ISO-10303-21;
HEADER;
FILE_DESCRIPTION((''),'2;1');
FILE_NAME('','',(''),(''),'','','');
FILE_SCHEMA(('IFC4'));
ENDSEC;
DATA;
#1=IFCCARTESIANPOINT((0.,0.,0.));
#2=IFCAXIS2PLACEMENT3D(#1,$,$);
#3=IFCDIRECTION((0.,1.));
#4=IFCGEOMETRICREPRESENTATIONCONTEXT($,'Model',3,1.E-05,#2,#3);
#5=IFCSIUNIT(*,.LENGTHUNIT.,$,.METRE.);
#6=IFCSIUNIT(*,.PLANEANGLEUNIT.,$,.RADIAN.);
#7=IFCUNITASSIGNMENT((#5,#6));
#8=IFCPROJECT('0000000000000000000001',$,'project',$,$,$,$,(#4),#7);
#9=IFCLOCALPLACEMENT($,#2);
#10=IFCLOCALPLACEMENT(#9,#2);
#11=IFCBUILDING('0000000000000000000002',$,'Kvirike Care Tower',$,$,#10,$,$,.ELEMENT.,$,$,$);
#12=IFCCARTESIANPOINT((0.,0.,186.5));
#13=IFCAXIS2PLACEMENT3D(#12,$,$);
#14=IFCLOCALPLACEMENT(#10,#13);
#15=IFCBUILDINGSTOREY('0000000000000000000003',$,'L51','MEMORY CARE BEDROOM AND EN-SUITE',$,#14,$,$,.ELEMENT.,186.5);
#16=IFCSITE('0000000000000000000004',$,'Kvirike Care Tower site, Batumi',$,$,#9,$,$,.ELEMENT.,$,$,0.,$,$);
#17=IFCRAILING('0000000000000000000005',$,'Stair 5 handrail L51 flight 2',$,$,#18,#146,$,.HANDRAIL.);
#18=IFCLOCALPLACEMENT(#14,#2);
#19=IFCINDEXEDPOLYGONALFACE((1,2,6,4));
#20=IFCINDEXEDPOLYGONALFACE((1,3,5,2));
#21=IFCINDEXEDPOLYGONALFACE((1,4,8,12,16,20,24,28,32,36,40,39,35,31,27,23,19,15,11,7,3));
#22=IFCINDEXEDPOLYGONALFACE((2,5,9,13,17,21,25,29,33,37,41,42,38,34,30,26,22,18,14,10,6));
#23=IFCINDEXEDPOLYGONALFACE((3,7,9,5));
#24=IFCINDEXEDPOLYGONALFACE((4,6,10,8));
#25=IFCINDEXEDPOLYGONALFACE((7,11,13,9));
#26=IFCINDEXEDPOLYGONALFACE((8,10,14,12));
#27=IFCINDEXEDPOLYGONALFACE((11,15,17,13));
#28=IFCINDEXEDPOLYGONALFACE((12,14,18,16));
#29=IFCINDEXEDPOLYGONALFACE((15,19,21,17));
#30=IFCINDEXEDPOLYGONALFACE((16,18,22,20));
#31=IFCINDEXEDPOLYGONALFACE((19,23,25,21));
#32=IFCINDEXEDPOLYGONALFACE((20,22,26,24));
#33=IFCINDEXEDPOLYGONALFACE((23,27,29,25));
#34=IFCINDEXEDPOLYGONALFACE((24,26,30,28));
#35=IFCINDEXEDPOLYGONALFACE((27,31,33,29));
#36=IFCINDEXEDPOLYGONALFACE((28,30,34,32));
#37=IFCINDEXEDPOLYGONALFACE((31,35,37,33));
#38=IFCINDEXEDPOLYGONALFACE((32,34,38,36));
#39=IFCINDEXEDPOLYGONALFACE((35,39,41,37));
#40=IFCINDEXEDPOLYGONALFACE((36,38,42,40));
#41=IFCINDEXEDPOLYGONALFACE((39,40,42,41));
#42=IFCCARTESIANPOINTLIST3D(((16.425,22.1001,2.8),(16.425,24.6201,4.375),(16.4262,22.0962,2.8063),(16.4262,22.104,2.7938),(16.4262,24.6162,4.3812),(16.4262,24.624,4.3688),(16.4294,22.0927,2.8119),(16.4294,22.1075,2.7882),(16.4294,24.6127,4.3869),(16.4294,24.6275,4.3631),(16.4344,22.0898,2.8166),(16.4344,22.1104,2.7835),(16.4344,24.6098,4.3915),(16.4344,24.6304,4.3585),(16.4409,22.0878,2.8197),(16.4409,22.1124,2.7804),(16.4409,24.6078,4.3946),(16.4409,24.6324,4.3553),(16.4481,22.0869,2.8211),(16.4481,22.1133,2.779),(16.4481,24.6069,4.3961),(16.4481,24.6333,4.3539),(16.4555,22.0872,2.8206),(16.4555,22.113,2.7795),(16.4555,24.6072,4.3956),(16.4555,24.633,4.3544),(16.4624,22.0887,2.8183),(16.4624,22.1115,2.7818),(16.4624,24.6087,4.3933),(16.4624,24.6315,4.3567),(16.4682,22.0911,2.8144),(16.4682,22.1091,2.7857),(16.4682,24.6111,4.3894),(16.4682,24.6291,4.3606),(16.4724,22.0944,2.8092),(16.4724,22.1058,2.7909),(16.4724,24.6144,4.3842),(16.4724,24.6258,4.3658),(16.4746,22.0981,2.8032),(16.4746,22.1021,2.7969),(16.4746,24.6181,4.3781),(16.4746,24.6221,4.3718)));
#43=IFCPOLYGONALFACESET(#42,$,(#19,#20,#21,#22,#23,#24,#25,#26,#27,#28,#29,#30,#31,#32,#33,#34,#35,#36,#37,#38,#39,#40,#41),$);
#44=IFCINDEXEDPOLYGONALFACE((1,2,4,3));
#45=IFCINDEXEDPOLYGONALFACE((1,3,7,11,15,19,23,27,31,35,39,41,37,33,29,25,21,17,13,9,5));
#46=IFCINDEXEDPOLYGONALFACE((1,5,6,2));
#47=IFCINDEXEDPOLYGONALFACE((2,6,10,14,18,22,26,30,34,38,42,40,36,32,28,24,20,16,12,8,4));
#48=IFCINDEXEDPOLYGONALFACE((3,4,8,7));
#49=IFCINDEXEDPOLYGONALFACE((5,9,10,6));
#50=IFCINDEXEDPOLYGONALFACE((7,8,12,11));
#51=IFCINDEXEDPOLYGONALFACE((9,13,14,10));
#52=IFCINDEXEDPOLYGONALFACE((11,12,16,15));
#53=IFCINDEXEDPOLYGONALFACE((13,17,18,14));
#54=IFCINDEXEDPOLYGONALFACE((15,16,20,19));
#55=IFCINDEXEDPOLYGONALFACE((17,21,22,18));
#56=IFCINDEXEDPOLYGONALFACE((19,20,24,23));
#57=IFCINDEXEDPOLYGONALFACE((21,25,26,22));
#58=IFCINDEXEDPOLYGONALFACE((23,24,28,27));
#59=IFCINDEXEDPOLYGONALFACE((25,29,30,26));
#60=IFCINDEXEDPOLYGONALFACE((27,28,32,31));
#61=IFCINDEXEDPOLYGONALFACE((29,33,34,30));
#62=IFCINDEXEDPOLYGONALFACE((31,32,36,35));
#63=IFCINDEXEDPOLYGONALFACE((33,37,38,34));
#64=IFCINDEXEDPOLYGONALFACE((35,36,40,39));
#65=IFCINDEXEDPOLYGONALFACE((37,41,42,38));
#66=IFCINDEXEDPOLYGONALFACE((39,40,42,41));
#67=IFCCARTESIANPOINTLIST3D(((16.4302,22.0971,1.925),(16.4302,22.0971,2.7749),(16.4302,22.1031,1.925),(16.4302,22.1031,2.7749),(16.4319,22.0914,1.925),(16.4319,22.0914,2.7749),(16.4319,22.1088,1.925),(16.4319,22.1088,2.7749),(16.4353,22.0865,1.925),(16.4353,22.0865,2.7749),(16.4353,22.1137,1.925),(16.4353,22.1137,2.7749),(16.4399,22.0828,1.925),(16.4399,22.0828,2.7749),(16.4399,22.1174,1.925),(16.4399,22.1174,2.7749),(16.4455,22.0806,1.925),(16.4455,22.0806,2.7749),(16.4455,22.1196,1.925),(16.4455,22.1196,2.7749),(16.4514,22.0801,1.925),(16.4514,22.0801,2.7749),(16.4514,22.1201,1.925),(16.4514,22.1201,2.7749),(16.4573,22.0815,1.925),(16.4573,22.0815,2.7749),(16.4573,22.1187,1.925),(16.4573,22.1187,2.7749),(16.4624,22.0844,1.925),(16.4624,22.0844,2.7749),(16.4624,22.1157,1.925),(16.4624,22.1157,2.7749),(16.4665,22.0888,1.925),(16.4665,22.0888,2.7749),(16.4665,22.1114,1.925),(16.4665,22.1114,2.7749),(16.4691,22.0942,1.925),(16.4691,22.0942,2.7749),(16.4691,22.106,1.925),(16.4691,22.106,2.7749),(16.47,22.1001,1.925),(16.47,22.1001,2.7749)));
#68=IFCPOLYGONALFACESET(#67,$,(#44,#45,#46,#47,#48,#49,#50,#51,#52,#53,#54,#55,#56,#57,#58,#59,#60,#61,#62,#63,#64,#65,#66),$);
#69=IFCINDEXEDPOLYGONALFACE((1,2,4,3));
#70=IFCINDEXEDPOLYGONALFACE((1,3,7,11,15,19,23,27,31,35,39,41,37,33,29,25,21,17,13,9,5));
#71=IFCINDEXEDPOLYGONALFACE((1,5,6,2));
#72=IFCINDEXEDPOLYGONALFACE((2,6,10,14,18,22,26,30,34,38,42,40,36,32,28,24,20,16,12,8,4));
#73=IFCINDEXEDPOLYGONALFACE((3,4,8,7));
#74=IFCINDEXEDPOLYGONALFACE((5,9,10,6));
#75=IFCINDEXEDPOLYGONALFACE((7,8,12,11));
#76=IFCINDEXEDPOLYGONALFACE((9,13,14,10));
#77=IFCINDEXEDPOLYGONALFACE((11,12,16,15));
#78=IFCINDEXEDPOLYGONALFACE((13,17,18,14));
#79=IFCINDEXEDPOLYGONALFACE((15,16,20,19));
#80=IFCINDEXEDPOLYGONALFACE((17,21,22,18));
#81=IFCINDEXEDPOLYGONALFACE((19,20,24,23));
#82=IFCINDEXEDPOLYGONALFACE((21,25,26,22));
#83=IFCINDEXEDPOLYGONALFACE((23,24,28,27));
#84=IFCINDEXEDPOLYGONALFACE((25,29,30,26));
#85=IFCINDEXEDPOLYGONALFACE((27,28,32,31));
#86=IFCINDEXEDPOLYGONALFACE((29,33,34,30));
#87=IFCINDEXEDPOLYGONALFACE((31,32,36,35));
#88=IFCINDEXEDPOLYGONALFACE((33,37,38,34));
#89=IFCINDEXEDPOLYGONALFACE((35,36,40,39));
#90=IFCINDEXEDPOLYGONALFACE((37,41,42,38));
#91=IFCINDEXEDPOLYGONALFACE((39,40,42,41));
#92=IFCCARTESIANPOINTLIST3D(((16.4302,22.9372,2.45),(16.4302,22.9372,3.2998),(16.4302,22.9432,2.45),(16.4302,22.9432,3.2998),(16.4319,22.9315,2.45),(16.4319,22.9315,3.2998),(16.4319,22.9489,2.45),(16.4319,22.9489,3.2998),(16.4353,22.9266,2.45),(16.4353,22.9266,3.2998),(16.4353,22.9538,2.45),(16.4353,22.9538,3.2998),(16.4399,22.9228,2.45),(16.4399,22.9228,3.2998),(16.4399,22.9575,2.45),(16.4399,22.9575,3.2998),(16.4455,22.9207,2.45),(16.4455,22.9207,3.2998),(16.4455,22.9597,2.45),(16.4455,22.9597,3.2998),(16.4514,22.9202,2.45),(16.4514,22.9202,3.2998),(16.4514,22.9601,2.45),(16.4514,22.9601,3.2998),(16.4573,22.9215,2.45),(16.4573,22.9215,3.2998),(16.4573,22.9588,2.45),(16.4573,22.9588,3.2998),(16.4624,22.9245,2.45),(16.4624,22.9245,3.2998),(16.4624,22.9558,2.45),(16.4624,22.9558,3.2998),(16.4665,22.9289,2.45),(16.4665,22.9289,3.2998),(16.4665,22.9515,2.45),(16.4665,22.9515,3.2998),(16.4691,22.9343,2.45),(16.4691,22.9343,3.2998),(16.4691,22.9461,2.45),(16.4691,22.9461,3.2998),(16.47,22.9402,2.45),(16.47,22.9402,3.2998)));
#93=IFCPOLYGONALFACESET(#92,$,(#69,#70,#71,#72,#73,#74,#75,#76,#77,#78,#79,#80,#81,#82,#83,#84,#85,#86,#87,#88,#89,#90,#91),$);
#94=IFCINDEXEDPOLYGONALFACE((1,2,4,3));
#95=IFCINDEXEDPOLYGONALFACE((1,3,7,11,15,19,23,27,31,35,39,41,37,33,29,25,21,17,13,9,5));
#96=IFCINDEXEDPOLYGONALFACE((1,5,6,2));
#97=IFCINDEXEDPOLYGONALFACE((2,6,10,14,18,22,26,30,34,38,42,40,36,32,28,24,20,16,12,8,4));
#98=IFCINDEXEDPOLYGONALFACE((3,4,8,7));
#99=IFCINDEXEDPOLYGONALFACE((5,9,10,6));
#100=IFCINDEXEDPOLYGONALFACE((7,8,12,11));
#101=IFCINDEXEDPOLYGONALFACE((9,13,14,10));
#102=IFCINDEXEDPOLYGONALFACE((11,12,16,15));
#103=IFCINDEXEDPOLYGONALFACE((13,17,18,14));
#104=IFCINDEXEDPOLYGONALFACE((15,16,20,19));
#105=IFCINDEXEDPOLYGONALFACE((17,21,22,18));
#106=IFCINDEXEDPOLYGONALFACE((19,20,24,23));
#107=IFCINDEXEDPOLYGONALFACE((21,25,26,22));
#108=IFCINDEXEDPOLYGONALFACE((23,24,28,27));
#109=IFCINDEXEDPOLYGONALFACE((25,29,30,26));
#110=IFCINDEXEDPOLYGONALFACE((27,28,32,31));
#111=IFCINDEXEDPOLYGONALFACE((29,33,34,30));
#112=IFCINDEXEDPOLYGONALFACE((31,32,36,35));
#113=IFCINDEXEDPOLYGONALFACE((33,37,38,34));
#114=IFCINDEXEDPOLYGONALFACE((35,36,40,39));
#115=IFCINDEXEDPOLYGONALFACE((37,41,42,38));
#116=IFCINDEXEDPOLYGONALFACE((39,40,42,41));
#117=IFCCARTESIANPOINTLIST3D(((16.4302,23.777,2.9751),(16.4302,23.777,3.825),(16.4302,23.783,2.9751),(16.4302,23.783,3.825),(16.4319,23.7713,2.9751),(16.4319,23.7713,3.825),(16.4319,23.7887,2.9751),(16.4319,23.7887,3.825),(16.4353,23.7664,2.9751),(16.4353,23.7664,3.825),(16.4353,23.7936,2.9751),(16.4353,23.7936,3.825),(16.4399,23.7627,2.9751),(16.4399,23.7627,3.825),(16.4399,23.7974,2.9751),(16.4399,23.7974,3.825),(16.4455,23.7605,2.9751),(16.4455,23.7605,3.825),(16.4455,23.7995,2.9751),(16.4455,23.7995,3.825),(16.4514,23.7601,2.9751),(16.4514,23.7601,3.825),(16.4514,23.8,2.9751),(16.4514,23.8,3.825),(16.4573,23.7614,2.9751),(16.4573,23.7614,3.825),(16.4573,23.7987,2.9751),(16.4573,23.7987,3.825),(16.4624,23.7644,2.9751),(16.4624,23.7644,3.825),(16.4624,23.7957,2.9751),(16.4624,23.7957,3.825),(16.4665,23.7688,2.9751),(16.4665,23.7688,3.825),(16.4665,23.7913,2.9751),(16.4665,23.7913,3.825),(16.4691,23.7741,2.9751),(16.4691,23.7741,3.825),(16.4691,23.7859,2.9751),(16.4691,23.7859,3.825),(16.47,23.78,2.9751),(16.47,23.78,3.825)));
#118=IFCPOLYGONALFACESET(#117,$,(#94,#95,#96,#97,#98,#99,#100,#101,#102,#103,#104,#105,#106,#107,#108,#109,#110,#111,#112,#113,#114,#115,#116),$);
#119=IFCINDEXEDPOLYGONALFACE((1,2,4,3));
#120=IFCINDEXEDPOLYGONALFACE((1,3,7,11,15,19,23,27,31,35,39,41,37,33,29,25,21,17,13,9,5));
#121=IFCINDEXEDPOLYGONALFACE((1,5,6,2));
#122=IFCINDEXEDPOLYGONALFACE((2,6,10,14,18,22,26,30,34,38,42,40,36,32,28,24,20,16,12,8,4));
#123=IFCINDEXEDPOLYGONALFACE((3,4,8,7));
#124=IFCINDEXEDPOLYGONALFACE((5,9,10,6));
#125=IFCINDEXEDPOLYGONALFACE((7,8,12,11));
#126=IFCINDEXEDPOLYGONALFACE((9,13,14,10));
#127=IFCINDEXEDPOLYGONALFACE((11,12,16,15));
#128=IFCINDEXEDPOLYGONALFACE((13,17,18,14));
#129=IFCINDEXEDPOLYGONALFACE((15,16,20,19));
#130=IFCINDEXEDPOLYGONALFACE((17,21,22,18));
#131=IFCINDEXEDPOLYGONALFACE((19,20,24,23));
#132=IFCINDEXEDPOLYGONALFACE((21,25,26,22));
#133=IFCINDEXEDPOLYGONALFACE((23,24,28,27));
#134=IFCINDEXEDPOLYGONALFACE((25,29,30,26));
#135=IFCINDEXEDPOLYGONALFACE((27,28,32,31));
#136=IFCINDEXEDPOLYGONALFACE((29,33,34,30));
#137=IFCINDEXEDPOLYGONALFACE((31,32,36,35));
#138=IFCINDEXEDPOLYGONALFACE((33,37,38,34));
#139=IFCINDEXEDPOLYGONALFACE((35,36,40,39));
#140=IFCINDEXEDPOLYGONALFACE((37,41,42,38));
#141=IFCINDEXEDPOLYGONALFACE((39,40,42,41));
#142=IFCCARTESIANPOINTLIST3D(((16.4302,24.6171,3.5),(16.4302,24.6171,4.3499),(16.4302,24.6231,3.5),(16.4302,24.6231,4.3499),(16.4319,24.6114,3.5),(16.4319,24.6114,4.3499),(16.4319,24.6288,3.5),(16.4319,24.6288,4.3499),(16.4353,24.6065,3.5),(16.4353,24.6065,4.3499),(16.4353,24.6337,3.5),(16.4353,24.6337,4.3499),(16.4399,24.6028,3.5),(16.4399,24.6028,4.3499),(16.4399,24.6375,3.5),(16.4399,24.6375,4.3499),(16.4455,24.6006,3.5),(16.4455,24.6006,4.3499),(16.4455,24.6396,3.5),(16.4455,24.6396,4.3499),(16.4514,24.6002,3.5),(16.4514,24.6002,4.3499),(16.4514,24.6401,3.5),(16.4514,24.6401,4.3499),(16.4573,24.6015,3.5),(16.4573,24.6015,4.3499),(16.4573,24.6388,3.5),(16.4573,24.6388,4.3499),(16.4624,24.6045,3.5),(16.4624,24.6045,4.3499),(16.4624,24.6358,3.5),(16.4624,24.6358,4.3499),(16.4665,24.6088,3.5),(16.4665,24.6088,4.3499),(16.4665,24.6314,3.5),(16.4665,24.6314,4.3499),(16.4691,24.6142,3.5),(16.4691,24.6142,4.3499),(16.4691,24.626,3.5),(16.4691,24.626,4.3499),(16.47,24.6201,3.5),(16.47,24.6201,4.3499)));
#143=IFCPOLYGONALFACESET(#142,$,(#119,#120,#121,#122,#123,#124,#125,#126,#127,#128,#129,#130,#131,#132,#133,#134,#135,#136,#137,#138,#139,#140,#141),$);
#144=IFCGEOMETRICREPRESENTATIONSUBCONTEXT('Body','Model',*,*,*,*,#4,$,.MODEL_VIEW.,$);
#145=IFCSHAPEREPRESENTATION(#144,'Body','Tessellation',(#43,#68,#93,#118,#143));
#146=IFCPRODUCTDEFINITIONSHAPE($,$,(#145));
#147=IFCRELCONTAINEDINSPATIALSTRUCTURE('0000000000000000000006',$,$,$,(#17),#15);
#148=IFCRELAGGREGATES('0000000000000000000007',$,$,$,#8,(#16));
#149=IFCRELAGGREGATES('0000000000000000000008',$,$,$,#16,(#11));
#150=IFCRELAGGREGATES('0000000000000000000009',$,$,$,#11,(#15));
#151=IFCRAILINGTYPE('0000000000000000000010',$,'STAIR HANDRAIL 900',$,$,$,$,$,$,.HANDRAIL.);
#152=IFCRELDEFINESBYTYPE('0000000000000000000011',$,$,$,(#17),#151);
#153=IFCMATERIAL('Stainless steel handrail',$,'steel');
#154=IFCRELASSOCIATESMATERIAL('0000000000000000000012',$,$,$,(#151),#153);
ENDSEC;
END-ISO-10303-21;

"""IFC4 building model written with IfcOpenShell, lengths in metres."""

from ifc_helpers import new_model, si_unit, direction, frame, origin, origin_2d, place, context, subcontext, project, spatial, circle, extrude, material, type_object, element, save


model = new_model("IFC4")

# Units and contexts
model_context = context("Model", 3, precision=1e-05, world=origin(), true_north=direction((0.0, 1.0)))
body_context = subcontext(model_context, "Body", "Model", "MODEL_VIEW")
ifc_project = project(units=[si_unit("LENGTHUNIT", "METRE"), si_unit("PLANEANGLEUNIT", "RADIAN")], contexts=[model_context])

# Site, building, storey
site_placement = place(None, origin())
site = spatial("IfcSite", under=ifc_project, at=site_placement, Name="Kvirike Care Tower site, Batumi", CompositionType="ELEMENT", RefElevation=0.0)
building_placement = place(site_placement, origin())
building = spatial("IfcBuilding", under=site, at=building_placement, Name="Kvirike Care Tower", CompositionType="ELEMENT")
storey_placement = place(building_placement, frame((0.0, 0.0, 186.5)))
storey = spatial("IfcBuildingStorey", under=building, at=storey_placement, Name="L51", Description="MEMORY CARE BEDROOM AND EN-SUITE", CompositionType="ELEMENT", Elevation=186.5)

# Railing
ifc_material_1 = material(Name="Stainless steel handrail", Category="steel")
railing_type = type_object("IfcRailingType", Name="STAIR HANDRAIL 900", PredefinedType="HANDRAIL", material=ifc_material_1)
railing_placement = place(storey_placement, frame((16.45, 22.1001, 1.925)))
element("IfcRailing", 1, at=railing_placement, inside=storey, type_object=railing_type, Name="Stair 5 handrail L51 flight 2", PredefinedType="HANDRAIL", context=body_context, shape_type="SweptSolid", body=[
    extrude(circle(Radius=0.0249, at=origin_2d()), frame((0.0, 0.0, 0.875), z_axis=(0.0, 0.848008, 0.529984), x_axis=(-1.0, 0.0, 0.0)), (0.0, 0.0, 1.0), 2.9717),
    extrude(circle(Radius=0.02, at=origin_2d()), origin(), (0.0, 0.0, 1.0), 0.8499),
    extrude(circle(Radius=0.02, at=origin_2d()), frame((0.0, 0.8401, 0.5249)), (0.0, 0.0, 1.0), 0.8499),
    extrude(circle(Radius=0.02, at=origin_2d()), frame((0.0, 1.6799, 1.05)), (0.0, 0.0, 1.0), 0.8499),
    extrude(circle(Radius=0.02, at=origin_2d()), frame((0.0, 2.52, 1.575)), (0.0, 0.0, 1.0), 0.8499),
])

save(model, "model.ifc")
